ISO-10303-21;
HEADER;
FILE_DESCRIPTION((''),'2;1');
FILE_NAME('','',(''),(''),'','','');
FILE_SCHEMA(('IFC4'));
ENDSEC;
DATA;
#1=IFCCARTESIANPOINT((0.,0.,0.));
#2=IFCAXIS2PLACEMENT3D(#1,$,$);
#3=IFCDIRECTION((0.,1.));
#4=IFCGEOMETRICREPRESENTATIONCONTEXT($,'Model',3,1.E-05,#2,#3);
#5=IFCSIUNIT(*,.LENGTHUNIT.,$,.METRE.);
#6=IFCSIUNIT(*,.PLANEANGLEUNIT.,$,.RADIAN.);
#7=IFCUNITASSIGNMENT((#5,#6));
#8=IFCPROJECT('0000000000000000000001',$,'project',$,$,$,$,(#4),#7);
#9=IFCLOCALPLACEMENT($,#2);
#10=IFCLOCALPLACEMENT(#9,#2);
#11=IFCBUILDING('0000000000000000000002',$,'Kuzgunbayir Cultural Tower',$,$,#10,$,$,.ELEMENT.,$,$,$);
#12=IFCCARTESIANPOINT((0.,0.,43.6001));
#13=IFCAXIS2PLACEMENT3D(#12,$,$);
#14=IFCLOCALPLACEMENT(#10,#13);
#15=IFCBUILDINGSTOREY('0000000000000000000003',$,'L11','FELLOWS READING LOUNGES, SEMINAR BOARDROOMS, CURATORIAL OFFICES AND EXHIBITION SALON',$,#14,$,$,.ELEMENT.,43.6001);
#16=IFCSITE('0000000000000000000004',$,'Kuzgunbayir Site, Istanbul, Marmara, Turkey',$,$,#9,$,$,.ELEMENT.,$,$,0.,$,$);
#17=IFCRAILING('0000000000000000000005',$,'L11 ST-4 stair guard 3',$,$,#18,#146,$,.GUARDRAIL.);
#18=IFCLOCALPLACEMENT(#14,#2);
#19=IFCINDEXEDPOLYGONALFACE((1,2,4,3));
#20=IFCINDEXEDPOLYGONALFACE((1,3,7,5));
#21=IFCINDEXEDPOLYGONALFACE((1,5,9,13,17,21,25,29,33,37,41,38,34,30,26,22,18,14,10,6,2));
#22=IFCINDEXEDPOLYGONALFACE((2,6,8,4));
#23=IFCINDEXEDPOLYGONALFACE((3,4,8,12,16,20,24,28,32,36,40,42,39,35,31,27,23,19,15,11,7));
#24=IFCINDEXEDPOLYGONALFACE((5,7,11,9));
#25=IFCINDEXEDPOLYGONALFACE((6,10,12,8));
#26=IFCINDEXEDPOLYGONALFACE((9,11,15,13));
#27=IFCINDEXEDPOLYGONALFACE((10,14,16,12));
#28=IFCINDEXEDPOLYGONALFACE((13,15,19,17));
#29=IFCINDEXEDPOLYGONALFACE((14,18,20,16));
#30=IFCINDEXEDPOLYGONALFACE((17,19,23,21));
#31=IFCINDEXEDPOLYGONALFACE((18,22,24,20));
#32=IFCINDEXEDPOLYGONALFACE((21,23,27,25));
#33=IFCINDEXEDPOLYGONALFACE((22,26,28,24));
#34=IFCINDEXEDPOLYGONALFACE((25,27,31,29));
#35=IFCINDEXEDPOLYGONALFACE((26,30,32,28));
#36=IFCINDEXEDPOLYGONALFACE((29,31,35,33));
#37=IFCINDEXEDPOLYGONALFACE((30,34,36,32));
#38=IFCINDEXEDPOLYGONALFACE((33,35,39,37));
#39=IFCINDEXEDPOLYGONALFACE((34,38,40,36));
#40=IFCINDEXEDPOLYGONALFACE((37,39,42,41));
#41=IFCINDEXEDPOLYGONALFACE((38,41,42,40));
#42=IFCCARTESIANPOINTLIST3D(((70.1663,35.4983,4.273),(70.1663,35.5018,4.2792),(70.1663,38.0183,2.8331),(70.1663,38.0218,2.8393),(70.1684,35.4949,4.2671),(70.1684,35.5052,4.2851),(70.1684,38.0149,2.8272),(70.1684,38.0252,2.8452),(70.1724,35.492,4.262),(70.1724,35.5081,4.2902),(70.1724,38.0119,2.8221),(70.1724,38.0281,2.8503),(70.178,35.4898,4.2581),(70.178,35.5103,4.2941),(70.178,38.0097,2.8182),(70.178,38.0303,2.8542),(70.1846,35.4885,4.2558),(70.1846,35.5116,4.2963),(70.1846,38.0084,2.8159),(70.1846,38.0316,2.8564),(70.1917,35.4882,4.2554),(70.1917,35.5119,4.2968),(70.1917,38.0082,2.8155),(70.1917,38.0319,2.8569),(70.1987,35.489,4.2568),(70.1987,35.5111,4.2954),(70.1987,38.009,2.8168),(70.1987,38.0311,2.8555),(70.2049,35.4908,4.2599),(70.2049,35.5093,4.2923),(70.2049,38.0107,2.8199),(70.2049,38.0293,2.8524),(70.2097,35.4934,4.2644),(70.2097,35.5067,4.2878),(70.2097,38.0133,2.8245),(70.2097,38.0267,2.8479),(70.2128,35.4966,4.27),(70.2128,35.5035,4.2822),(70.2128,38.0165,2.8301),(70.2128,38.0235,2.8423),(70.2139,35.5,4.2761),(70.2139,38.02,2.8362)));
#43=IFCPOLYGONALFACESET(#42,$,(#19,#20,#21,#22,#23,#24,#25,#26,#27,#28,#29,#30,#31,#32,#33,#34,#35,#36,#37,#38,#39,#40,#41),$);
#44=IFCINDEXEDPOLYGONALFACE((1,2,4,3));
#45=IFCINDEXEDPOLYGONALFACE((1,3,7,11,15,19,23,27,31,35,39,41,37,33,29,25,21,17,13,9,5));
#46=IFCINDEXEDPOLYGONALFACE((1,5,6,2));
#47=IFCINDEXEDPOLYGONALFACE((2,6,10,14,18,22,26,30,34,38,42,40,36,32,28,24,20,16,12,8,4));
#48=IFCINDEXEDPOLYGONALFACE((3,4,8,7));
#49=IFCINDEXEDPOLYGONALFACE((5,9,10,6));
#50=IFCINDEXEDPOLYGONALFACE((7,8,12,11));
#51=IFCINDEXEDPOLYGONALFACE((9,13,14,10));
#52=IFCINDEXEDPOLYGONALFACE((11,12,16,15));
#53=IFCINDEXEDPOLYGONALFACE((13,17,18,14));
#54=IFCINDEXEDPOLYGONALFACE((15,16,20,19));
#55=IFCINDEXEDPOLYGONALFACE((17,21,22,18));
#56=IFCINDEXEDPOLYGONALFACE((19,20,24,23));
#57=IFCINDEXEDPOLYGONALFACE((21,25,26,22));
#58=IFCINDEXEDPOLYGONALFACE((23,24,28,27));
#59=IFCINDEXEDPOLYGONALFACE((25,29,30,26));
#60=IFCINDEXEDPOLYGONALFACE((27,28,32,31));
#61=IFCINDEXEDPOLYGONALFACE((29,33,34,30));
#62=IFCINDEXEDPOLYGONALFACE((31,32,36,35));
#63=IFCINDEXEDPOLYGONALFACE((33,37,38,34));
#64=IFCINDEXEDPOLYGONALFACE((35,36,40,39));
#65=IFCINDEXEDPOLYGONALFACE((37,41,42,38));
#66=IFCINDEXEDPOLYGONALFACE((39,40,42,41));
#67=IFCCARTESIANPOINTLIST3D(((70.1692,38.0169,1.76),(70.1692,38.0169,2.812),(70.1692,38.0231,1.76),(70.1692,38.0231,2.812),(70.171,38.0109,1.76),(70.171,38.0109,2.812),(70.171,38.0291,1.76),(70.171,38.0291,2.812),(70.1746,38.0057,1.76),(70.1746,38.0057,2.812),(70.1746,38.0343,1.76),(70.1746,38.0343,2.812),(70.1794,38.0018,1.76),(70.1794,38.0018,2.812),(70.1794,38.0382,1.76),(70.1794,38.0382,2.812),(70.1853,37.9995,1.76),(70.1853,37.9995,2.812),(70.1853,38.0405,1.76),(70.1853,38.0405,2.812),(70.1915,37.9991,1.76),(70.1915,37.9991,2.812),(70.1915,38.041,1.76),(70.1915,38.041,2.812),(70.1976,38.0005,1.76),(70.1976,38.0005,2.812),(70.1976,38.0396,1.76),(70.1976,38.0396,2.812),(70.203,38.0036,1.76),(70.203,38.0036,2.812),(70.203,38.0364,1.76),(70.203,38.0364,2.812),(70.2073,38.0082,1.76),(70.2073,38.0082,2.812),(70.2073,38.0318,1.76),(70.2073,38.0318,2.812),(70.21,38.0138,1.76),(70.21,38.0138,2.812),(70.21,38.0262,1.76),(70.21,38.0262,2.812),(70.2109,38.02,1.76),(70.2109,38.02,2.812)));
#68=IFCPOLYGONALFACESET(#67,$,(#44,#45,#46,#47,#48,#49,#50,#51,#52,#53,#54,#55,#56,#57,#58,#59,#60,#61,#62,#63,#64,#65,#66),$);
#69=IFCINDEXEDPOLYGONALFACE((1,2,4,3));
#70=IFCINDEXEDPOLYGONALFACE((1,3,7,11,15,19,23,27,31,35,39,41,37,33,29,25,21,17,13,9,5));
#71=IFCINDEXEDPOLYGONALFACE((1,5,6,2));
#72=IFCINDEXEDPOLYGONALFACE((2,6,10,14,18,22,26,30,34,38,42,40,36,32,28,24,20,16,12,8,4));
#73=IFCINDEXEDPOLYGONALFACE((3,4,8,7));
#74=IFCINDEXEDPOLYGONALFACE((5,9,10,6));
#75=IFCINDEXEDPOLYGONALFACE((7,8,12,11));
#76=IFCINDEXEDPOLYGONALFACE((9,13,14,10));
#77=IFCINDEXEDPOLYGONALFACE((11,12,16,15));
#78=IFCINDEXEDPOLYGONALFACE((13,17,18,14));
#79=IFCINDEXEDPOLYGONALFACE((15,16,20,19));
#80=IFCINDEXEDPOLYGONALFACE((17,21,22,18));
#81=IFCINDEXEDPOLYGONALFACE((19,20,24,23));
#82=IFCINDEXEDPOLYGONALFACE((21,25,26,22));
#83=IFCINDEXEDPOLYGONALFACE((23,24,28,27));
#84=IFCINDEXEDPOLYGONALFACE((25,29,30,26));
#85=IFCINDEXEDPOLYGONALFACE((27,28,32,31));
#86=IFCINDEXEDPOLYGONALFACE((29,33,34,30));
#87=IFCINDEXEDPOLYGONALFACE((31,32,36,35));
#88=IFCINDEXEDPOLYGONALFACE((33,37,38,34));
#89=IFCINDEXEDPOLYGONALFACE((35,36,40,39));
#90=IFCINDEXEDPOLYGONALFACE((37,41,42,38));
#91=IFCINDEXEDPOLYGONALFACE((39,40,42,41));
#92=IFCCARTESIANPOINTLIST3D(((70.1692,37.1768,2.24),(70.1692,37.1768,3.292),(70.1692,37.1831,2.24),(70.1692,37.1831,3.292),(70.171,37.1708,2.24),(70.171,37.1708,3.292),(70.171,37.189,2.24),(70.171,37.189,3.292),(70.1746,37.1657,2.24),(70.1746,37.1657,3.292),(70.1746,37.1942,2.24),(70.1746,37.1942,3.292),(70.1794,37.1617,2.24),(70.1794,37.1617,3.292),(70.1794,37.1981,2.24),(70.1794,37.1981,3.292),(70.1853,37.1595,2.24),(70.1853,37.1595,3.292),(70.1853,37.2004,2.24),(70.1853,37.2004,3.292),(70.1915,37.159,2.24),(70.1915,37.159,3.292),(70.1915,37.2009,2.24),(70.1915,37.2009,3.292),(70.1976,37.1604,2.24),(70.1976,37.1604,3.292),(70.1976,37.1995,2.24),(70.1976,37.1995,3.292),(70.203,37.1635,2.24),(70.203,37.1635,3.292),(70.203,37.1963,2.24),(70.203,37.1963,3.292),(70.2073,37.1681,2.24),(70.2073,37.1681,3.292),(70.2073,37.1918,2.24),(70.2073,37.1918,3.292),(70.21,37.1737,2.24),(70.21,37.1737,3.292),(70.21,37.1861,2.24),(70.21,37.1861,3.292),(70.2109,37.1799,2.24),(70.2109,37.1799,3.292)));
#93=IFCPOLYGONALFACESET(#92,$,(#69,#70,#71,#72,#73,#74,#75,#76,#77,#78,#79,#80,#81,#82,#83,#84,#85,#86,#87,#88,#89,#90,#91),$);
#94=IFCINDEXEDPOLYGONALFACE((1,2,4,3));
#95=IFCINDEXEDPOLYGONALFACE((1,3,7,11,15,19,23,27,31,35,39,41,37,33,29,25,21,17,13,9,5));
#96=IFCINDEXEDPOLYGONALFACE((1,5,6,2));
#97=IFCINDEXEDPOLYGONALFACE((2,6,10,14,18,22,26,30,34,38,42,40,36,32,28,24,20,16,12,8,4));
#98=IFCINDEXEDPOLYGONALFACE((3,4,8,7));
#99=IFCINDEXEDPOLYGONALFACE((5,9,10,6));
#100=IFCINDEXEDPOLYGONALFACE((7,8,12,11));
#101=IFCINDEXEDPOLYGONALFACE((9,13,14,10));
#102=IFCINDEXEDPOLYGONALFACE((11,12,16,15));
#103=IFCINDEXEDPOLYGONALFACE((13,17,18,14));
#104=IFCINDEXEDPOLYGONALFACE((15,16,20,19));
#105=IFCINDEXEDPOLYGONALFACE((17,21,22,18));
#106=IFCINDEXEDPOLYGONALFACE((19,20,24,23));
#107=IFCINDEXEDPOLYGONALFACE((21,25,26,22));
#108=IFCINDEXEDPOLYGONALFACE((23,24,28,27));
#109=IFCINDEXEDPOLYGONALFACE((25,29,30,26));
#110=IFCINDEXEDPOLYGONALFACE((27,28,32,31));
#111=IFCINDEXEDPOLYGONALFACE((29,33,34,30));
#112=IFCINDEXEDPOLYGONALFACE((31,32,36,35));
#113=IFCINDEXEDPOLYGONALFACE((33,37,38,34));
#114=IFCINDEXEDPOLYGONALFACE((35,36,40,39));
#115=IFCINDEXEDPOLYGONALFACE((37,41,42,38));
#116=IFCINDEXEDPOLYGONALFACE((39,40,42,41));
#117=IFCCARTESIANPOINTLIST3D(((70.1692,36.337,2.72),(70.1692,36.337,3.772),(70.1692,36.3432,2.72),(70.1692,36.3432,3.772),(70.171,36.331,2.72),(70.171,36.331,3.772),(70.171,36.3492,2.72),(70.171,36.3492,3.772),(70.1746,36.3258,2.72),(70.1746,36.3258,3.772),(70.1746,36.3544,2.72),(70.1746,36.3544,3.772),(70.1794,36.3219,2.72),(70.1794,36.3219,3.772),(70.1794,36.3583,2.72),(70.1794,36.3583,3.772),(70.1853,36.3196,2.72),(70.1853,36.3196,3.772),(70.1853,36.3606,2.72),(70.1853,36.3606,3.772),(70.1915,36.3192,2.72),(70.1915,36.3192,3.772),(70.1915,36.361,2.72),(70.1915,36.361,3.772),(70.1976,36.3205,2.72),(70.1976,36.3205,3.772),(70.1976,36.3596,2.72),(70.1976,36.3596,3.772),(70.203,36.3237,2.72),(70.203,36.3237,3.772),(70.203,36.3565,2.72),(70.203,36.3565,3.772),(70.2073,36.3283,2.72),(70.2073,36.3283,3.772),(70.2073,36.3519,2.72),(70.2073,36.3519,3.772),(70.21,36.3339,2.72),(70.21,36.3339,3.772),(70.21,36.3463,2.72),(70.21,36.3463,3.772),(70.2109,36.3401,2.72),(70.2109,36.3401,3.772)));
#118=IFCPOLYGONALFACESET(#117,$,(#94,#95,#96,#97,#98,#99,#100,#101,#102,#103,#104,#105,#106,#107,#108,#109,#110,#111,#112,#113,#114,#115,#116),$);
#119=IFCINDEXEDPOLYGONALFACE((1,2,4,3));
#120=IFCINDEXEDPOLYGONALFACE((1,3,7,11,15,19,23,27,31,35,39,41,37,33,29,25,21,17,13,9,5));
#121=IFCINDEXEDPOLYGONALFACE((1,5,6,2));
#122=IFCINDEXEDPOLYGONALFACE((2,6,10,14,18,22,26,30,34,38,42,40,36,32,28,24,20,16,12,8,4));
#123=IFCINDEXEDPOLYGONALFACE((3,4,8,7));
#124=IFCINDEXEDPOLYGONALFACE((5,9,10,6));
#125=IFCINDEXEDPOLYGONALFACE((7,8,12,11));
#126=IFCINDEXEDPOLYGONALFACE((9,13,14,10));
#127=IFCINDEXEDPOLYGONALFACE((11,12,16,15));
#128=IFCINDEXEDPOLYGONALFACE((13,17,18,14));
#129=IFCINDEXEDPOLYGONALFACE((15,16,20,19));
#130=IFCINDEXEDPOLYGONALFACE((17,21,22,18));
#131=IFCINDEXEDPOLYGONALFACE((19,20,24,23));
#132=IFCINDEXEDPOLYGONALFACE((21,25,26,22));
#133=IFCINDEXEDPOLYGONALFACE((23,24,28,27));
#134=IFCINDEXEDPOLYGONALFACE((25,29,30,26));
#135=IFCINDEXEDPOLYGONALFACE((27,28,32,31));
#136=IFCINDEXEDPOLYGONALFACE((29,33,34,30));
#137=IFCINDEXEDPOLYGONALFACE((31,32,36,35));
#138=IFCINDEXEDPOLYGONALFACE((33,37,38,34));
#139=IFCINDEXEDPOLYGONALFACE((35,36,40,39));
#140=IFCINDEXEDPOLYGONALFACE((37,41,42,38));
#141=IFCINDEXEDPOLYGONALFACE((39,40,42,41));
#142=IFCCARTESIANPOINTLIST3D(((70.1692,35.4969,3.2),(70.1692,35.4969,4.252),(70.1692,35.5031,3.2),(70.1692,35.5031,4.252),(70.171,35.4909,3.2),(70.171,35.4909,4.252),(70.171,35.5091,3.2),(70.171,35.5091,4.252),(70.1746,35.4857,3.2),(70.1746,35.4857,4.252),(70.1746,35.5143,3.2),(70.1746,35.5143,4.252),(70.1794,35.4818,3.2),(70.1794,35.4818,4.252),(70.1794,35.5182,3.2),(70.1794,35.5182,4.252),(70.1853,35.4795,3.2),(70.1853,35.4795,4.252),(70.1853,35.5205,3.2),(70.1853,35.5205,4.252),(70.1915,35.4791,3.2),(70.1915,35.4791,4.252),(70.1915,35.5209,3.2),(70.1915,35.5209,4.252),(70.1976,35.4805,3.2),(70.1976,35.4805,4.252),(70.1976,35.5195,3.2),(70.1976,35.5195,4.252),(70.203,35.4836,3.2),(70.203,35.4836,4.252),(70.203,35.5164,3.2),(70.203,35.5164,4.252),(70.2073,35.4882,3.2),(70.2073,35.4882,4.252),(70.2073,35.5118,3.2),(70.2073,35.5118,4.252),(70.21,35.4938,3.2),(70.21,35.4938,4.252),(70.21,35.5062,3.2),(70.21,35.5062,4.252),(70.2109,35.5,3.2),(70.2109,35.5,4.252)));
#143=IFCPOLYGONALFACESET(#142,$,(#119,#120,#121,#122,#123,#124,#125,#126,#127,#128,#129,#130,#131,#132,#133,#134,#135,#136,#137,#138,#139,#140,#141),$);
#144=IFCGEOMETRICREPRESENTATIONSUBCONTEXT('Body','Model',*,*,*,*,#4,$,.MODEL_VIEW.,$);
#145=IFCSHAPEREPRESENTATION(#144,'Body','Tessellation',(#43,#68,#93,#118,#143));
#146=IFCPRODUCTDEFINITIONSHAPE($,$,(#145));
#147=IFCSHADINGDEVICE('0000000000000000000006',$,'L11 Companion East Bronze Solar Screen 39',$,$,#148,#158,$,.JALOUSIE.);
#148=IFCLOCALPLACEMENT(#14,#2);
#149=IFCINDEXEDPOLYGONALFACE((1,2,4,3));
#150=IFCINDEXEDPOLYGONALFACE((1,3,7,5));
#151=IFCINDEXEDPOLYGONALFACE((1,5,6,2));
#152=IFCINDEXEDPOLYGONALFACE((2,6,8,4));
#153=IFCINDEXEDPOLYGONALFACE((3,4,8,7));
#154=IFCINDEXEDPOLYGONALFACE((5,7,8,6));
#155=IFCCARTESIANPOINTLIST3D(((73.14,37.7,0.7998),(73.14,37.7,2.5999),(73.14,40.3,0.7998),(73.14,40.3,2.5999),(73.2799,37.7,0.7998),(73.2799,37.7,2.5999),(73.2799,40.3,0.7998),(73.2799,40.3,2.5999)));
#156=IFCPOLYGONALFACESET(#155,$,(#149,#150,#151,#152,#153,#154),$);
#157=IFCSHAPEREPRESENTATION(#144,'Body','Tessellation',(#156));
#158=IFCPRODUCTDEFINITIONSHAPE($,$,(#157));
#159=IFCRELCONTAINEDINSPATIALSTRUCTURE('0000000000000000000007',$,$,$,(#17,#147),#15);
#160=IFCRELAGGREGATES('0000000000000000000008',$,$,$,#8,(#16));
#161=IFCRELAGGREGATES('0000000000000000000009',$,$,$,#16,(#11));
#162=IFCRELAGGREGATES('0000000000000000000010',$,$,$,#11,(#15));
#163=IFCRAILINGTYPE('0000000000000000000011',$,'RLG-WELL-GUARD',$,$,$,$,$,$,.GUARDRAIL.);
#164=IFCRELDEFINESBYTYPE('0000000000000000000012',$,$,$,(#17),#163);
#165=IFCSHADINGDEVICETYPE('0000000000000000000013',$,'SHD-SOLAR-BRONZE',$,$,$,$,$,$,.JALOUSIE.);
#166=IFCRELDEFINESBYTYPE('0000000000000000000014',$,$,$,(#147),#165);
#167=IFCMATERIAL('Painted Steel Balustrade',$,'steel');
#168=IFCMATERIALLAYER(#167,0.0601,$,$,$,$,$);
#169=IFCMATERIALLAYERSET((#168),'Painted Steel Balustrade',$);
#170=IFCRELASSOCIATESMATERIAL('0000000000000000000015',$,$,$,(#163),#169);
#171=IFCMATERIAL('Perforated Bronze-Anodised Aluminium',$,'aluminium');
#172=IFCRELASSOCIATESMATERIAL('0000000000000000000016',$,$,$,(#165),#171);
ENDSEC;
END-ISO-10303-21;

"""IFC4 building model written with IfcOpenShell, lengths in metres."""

from ifc_helpers import new_model, si_unit, direction, frame, origin, origin_2d, place, context, subcontext, project, spatial, rectangle, circle, extrude, material, layer, layer_set, type_object, element, save


model = new_model("IFC4")

# Units and contexts
model_context = context("Model", 3, precision=1e-05, world=origin(), true_north=direction((0.0, 1.0)))
body_context = subcontext(model_context, "Body", "Model", "MODEL_VIEW")
ifc_project = project(units=[si_unit("LENGTHUNIT", "METRE"), si_unit("PLANEANGLEUNIT", "RADIAN")], contexts=[model_context])

# Site, building, storey
site_placement = place(None, origin())
site = spatial("IfcSite", under=ifc_project, at=site_placement, Name="Kuzgunbayir Site, Istanbul, Marmara, Turkey", CompositionType="ELEMENT", RefElevation=0.0)
building_placement = place(site_placement, origin())
building = spatial("IfcBuilding", under=site, at=building_placement, Name="Kuzgunbayir Cultural Tower", CompositionType="ELEMENT")
storey_placement = place(building_placement, frame((0.0, 0.0, 43.6001)))
storey = spatial("IfcBuildingStorey", under=building, at=storey_placement, Name="L11", Description="FELLOWS READING LOUNGES, SEMINAR BOARDROOMS, CURATORIAL OFFICES AND EXHIBITION SALON", CompositionType="ELEMENT", Elevation=43.6001)

# Railing
ifc_material_1 = material(Name="Painted Steel Balustrade", Category="steel")
ifc_layer_1 = layer(ifc_material_1, 0.0601)
ifc_layer_set_1 = layer_set([ifc_layer_1], Name="Painted Steel Balustrade")
railing_type_1 = type_object("IfcRailingType", Name="RLG-WELL-GUARD", PredefinedType="GUARDRAIL", material=ifc_layer_set_1)
railing_1_placement = place(storey_placement, frame((70.1899, 38.02, 1.76)))
element("IfcRailing", 1, at=railing_1_placement, inside=storey, type_object=railing_type_1, Name="L11 ST-4 stair guard 3", PredefinedType="GUARDRAIL", context=body_context, shape_type="SweptSolid", body=[
    extrude(circle(Radius=0.0239, at=origin_2d()), frame((0.0, 0.0, 1.0762), z_axis=(0.0, -0.868253, 0.496121), x_axis=(1.0, 0.0, 0.0)), (0.0, 0.0, 1.0), 2.9023),
    extrude(circle(Radius=0.021, at=origin_2d()), origin(), (0.0, 0.0, 1.0), 1.052),
    extrude(circle(Radius=0.021, at=origin_2d()), frame((0.0, -0.8401, 0.48)), (0.0, 0.0, 1.0), 1.052),
    extrude(circle(Radius=0.021, at=origin_2d()), frame((0.0, -1.6799, 0.96)), (0.0, 0.0, 1.0), 1.052),
    extrude(circle(Radius=0.021, at=origin_2d()), frame((0.0, -2.52, 1.4399)), (0.0, 0.0, 1.0), 1.052),
])

# Shading device
ifc_material_2 = material(Name="Perforated Bronze-Anodised Aluminium", Category="aluminium")
shading_device_type = type_object("IfcShadingDeviceType", Name="SHD-SOLAR-BRONZE", PredefinedType="JALOUSIE", material=ifc_material_2)
shading_device_placement = place(storey_placement, frame((73.21, 39.0, 0.7998), z_axis=(0.0, 0.0, 1.0), x_axis=(1.0, 0.0, 0.0)))
element("IfcShadingDevice", 2, at=shading_device_placement, inside=storey, type_object=shading_device_type, Name="L11 Companion East Bronze Solar Screen 39", PredefinedType="JALOUSIE", context=body_context, shape_type="SweptSolid", body=[
    extrude(rectangle(XDim=0.1399, YDim=2.6001, at=origin_2d()), origin(), (0.0, 0.0, 1.0), 1.8),
])

save(model, "model.ifc")
